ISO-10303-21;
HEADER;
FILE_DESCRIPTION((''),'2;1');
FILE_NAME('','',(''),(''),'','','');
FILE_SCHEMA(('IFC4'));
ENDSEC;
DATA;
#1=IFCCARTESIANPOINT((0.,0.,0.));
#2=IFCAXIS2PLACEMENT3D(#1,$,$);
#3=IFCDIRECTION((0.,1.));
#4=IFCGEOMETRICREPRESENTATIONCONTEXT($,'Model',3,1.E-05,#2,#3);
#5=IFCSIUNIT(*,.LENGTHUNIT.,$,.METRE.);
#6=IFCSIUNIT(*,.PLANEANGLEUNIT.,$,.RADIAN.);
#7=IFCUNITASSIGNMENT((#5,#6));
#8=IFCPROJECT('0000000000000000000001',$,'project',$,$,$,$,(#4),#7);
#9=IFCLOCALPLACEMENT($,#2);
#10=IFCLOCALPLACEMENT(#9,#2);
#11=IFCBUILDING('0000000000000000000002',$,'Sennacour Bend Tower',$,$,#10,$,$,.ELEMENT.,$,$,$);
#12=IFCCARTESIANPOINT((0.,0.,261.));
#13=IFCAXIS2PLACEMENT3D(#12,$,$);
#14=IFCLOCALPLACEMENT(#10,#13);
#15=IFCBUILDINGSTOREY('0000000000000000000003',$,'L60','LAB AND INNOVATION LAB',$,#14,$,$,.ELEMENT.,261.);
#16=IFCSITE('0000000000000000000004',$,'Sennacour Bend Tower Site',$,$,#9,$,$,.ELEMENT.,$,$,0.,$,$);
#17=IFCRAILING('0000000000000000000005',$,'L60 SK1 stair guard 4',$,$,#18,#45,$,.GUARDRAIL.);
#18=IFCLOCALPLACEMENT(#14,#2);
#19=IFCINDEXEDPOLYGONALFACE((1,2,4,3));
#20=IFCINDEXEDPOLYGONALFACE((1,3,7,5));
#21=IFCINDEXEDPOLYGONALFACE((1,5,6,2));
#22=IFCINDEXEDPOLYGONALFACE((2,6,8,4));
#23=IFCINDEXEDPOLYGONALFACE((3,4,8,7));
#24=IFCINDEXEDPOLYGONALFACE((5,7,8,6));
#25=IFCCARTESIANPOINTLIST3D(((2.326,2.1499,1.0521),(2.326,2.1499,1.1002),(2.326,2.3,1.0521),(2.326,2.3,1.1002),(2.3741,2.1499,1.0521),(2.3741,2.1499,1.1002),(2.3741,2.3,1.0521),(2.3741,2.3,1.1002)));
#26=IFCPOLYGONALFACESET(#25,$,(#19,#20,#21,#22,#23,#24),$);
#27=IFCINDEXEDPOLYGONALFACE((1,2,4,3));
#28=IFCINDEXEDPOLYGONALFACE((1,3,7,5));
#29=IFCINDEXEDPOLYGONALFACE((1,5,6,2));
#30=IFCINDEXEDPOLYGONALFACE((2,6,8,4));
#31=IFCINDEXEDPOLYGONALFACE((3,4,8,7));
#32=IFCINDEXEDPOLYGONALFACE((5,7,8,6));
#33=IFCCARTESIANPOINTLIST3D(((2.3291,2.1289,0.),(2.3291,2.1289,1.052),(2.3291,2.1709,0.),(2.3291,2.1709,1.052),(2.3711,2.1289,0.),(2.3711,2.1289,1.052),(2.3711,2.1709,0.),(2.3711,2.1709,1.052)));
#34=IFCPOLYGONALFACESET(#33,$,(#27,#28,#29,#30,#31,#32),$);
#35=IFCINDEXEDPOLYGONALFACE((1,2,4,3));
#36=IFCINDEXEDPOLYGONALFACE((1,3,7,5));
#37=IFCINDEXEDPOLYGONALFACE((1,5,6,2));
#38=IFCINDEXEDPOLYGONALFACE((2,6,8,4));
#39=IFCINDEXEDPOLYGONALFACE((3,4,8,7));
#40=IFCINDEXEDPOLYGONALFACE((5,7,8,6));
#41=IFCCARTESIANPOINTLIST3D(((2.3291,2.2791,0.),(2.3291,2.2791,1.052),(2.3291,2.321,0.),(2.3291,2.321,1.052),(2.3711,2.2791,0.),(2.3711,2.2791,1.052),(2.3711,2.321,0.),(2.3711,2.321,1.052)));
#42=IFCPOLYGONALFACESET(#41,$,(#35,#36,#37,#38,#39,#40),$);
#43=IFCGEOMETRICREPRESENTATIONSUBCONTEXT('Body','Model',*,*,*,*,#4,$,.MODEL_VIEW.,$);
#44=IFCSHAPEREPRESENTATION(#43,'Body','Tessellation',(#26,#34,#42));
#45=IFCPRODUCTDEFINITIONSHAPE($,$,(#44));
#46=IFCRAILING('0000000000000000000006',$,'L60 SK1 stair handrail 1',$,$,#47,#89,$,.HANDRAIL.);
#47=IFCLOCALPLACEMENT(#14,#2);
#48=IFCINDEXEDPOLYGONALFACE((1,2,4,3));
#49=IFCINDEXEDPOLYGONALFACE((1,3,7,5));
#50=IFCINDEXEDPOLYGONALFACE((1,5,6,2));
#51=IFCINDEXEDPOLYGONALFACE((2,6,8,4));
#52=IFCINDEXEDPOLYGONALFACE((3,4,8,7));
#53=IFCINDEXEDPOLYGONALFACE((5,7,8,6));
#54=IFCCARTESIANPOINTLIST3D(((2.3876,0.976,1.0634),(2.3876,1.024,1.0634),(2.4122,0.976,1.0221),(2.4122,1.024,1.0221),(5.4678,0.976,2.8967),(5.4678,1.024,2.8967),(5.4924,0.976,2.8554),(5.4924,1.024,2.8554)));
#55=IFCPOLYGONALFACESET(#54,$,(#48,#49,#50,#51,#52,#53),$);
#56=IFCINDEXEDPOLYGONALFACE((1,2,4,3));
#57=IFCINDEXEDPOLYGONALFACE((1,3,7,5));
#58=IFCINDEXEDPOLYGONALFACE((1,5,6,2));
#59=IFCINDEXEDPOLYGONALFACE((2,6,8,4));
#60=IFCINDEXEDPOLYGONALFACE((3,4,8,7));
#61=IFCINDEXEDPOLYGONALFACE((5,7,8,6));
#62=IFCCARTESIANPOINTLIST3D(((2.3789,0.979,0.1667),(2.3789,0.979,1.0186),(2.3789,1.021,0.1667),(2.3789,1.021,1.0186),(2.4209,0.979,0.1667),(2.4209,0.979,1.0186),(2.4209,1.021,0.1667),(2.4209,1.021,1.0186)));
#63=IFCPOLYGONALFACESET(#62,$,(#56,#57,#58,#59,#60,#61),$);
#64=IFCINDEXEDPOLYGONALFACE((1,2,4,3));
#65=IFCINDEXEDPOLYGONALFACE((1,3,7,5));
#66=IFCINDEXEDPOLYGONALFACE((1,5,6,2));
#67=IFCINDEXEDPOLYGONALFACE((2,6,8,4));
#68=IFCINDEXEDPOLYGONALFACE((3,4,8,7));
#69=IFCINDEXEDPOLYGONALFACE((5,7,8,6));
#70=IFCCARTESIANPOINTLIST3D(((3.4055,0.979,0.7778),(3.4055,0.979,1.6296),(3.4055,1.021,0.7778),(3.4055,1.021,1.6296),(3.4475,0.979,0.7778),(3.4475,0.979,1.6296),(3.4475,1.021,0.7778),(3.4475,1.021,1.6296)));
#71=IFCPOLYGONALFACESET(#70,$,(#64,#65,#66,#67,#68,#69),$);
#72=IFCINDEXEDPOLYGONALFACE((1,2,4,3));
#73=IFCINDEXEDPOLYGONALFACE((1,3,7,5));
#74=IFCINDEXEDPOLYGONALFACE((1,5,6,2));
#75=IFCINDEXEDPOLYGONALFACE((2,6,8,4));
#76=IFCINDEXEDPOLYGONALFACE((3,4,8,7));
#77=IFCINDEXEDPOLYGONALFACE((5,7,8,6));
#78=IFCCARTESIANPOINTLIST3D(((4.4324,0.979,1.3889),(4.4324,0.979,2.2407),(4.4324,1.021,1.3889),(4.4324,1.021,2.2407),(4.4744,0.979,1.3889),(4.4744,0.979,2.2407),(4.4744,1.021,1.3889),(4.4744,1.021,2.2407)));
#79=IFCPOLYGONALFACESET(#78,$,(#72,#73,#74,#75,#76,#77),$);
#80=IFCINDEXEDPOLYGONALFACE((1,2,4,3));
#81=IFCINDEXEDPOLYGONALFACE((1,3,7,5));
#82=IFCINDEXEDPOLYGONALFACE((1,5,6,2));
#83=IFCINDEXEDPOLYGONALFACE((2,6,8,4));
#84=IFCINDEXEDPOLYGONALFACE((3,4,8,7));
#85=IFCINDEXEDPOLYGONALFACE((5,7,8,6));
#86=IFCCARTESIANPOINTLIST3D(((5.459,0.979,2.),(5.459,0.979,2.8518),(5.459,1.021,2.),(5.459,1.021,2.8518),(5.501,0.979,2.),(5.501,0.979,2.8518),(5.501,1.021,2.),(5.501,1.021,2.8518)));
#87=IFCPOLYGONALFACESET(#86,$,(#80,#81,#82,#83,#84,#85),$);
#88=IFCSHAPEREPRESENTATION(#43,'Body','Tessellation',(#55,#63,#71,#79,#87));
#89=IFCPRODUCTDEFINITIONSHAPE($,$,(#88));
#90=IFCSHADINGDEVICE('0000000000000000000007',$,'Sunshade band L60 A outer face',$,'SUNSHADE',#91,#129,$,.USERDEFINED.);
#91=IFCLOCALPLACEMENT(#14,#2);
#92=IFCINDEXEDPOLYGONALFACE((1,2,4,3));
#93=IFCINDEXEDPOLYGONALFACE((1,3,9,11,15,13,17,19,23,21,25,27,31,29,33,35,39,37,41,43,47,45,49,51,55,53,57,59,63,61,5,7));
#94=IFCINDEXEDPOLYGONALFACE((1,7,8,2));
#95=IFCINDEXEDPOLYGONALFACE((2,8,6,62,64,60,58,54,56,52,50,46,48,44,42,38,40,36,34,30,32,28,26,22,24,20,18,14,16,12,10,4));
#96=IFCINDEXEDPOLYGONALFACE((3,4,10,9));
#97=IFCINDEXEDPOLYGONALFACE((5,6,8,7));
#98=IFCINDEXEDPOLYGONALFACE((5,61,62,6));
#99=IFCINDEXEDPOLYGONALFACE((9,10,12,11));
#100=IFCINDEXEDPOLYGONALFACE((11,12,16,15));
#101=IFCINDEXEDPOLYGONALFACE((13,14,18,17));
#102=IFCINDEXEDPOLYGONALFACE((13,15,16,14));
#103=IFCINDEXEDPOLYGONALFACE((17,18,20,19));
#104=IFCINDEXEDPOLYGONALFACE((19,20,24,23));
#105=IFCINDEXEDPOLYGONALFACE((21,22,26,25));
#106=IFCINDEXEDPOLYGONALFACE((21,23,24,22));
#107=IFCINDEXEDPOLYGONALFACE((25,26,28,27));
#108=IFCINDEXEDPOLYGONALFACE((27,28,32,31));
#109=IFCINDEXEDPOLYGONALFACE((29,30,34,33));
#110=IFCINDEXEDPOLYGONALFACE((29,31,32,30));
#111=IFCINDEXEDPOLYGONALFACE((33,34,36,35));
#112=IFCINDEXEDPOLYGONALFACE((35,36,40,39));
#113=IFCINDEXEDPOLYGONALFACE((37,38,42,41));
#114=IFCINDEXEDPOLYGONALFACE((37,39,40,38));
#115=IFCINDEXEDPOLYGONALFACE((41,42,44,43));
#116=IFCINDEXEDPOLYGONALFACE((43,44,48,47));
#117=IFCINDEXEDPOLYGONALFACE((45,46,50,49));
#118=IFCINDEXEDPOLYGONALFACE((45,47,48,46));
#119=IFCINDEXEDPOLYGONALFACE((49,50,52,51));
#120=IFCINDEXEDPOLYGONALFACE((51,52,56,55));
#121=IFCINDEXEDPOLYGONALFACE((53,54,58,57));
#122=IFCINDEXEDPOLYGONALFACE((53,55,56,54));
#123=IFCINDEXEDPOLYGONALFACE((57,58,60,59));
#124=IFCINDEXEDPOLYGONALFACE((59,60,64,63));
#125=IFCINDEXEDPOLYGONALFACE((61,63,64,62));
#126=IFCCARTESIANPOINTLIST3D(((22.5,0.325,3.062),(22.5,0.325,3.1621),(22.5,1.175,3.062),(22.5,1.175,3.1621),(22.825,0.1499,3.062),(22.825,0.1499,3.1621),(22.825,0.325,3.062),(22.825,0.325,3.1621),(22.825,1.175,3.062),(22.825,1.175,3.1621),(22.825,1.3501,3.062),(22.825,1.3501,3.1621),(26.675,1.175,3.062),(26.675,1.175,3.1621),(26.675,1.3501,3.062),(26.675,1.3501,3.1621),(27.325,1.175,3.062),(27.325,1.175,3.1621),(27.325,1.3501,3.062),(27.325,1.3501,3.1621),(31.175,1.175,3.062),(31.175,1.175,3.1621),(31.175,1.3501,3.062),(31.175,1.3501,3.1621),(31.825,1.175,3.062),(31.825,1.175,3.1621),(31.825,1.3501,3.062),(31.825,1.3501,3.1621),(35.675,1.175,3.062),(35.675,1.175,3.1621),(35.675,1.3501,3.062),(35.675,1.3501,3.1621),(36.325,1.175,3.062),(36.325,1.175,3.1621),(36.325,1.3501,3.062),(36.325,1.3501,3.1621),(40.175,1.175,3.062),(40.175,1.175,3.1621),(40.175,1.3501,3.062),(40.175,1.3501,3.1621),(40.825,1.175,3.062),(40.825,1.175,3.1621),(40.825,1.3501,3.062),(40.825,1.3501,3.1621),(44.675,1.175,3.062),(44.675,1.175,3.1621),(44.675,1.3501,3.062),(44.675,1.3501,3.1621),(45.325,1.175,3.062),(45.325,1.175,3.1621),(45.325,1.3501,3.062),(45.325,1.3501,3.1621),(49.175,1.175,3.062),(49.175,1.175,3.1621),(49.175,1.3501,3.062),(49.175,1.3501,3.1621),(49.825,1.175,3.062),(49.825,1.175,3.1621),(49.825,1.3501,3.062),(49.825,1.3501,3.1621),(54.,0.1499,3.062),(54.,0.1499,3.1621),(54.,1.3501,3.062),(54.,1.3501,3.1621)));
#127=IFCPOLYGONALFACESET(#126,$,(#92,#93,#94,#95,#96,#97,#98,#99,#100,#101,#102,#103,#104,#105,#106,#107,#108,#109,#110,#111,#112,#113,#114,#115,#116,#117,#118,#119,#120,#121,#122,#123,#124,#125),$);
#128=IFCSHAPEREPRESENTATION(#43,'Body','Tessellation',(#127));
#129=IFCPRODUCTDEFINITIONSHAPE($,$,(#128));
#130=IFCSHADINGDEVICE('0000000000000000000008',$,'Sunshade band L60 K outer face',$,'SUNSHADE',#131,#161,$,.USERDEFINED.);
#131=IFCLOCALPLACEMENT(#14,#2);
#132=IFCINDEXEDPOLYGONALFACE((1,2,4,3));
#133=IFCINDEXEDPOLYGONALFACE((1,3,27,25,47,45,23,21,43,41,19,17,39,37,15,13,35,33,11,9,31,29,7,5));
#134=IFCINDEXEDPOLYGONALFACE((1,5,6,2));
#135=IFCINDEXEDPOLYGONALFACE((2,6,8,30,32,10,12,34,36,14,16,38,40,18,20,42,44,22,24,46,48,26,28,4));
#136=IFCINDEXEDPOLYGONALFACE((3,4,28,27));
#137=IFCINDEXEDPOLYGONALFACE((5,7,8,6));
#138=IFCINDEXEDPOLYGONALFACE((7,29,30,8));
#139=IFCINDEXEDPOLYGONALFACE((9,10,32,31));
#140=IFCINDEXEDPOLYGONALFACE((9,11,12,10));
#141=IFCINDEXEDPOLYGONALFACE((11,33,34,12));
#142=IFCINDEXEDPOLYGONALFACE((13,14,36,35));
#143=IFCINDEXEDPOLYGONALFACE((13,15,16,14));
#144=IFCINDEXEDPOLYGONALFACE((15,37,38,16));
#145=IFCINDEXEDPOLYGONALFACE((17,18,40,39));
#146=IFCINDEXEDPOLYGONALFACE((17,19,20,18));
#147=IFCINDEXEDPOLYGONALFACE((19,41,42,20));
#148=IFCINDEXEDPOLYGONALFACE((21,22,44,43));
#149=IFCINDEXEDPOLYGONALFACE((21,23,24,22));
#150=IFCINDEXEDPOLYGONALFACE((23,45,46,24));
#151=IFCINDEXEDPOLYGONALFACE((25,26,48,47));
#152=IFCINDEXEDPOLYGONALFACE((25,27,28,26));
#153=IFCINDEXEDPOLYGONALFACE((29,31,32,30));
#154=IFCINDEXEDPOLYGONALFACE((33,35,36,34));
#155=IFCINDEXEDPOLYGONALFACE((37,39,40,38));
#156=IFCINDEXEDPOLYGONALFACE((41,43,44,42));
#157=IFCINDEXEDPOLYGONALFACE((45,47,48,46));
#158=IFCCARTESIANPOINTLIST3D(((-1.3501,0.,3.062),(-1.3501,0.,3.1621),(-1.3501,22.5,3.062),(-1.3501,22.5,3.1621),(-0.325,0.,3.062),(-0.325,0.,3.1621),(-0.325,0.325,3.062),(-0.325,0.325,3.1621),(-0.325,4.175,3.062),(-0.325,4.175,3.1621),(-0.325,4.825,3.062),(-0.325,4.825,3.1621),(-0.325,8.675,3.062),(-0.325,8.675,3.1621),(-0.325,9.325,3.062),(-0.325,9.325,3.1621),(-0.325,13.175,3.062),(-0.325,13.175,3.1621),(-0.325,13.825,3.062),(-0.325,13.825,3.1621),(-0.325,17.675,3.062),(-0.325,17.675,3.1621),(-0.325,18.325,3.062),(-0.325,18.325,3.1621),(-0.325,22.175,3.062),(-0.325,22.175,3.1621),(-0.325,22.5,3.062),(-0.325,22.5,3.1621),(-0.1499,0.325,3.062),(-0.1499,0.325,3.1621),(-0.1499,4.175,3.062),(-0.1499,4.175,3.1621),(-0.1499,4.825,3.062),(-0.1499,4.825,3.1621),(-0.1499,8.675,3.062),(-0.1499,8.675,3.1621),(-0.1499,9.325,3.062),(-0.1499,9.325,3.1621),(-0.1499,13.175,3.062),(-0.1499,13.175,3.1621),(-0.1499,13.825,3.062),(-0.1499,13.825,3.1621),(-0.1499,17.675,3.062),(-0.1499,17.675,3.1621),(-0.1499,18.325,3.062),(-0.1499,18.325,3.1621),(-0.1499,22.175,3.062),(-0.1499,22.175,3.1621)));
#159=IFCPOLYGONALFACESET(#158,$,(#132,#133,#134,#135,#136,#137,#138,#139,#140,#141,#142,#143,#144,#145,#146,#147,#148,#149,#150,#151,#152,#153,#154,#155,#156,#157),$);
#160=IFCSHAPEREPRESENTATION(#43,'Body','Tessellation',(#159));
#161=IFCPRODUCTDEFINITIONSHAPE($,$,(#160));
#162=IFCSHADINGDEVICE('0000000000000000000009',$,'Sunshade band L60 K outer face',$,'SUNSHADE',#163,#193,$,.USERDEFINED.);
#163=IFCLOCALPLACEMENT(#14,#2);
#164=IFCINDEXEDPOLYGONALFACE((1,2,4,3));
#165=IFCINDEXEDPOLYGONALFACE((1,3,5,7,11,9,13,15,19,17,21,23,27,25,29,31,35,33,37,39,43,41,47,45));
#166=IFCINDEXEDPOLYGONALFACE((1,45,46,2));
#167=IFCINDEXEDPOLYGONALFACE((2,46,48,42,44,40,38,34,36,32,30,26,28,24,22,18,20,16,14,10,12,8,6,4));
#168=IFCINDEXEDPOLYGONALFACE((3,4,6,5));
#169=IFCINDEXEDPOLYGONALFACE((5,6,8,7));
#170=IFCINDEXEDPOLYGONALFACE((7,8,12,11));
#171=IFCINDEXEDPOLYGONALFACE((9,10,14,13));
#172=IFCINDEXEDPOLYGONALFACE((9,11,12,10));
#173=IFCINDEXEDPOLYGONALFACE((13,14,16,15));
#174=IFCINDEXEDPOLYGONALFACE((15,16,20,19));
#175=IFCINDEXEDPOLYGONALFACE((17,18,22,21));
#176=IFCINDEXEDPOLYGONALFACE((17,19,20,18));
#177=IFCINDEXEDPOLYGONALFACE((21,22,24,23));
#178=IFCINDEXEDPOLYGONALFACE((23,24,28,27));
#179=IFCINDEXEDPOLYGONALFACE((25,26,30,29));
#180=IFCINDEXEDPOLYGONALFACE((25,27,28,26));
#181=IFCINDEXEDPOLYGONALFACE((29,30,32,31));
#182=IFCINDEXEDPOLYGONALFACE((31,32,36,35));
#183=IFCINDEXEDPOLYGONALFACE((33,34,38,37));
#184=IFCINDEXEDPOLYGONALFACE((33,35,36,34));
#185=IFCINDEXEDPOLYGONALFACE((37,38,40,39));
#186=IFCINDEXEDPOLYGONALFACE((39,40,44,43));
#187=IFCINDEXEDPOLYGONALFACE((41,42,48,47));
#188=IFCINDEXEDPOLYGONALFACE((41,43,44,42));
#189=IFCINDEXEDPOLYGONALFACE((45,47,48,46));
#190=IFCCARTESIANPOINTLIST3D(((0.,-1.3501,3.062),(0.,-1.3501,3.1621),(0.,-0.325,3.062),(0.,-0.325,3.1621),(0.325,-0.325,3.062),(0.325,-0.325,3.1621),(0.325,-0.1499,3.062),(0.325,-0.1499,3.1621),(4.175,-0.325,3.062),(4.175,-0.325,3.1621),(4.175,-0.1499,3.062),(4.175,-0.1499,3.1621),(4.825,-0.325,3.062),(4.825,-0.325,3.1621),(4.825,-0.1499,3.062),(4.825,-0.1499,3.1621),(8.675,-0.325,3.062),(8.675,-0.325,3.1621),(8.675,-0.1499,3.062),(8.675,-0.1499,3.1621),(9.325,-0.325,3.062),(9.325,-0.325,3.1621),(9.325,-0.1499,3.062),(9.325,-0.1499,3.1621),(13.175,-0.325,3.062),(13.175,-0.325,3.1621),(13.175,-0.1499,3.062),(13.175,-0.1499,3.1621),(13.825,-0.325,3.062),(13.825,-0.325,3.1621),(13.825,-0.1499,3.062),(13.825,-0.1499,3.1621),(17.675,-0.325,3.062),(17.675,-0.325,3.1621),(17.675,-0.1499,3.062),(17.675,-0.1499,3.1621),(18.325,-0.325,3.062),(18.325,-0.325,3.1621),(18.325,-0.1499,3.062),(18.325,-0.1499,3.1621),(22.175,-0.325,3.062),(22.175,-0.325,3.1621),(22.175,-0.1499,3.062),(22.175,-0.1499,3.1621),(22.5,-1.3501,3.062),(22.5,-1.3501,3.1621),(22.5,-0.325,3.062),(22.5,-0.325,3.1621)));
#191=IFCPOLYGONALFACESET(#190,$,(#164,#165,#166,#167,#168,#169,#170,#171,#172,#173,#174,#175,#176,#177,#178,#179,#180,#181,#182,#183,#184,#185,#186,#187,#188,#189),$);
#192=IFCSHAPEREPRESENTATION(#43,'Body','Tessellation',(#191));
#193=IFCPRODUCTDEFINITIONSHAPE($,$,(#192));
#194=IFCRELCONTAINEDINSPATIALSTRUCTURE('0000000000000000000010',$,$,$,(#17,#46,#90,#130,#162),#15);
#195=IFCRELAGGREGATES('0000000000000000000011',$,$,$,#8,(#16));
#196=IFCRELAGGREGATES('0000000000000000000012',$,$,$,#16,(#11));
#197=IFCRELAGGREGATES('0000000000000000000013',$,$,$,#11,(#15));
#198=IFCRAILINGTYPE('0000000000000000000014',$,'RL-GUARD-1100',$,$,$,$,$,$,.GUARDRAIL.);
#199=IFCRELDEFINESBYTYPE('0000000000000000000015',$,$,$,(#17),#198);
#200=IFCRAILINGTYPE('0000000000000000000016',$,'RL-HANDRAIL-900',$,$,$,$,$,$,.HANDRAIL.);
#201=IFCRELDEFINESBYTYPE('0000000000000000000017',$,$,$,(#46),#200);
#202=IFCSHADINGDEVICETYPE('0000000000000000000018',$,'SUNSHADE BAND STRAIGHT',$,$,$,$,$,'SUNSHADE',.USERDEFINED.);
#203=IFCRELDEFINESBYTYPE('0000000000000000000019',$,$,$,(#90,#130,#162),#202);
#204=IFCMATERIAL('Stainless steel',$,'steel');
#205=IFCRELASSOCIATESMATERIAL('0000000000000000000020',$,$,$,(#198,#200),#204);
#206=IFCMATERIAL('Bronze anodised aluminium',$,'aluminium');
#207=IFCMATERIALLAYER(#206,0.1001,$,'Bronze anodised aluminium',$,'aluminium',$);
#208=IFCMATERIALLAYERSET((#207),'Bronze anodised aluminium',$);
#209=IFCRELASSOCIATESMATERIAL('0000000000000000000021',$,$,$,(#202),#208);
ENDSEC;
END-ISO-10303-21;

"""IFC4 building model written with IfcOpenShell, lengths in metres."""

from ifc_helpers import new_model, si_unit, direction, frame, origin, origin_2d, place, context, subcontext, project, spatial, polyline, rectangle, outline, extrude, material, layer, layer_set, type_object, element, save


model = new_model("IFC4")

# Units and contexts
model_context = context("Model", 3, precision=1e-05, world=origin(), true_north=direction((0.0, 1.0)))
body_context = subcontext(model_context, "Body", "Model", "MODEL_VIEW")
ifc_project = project(units=[si_unit("LENGTHUNIT", "METRE"), si_unit("PLANEANGLEUNIT", "RADIAN")], contexts=[model_context])

# Site, building, storey
site_placement = place(None, origin())
site = spatial("IfcSite", under=ifc_project, at=site_placement, Name="Sennacour Bend Tower Site", CompositionType="ELEMENT", RefElevation=0.0)
building_placement = place(site_placement, origin())
building = spatial("IfcBuilding", under=site, at=building_placement, Name="Sennacour Bend Tower", CompositionType="ELEMENT")
storey_placement = place(building_placement, frame((0.0, 0.0, 261.0)))
storey = spatial("IfcBuildingStorey", under=building, at=storey_placement, Name="L60", Description="LAB AND INNOVATION LAB", CompositionType="ELEMENT", Elevation=261.0)

# Railings
ifc_material_1 = material(Name="Stainless steel", Category="steel")
railing_type_1 = type_object("IfcRailingType", Name="RL-GUARD-1100", PredefinedType="GUARDRAIL", material=ifc_material_1)
railing_1_placement = place(storey_placement, frame((2.3501, 2.1499, 0.0)))
element("IfcRailing", 1, at=railing_1_placement, inside=storey, type_object=railing_type_1, Name="L60 SK1 stair guard 4", PredefinedType="GUARDRAIL", context=body_context, shape_type="SweptSolid", body=[
    extrude(rectangle(XDim=0.0481, YDim=0.0481, at=origin_2d()), frame((0.0, 0.0, 1.0762), z_axis=(0.0, 1.0, 0.0), x_axis=(-1.0, 0.0, 0.0)), (0.0, 0.0, 1.0), 0.1501),
    extrude(rectangle(XDim=0.042, YDim=0.042, at=origin_2d()), origin(), (0.0, 0.0, 1.0), 1.052),
    extrude(rectangle(XDim=0.042, YDim=0.042, at=origin_2d()), frame((0.0, 0.1501, 0.0)), (0.0, 0.0, 1.0), 1.052),
])
railing_type_2 = type_object("IfcRailingType", Name="RL-HANDRAIL-900", PredefinedType="HANDRAIL", material=ifc_material_1)
railing_2_placement = place(storey_placement, frame((2.3999, 1.0, 0.1667)))
element("IfcRailing", 2, at=railing_2_placement, inside=storey, type_object=railing_type_2, Name="L60 SK1 stair handrail 1", PredefinedType="HANDRAIL", context=body_context, shape_type="SweptSolid", body=[
    extrude(rectangle(XDim=0.0481, YDim=0.0481, at=origin_2d()), frame((0.0, 0.0, 0.876), z_axis=(0.859309, 0.0, 0.511458), x_axis=(0.0, 1.0, 0.0)), (0.0, 0.0, 1.0), 3.5845),
    extrude(rectangle(XDim=0.042, YDim=0.042, at=origin_2d()), origin(), (0.0, 0.0, 1.0), 0.8518),
    extrude(rectangle(XDim=0.042, YDim=0.042, at=origin_2d()), frame((1.0266, 0.0, 0.6111)), (0.0, 0.0, 1.0), 0.8518),
    extrude(rectangle(XDim=0.042, YDim=0.042, at=origin_2d()), frame((2.0535, 0.0, 1.2222)), (0.0, 0.0, 1.0), 0.8518),
    extrude(rectangle(XDim=0.042, YDim=0.042, at=origin_2d()), frame((3.0801, 0.0, 1.8333)), (0.0, 0.0, 1.0), 0.8518),
])

# Shading devices
ifc_material_2 = material(Name="Bronze anodised aluminium", Category="aluminium")
ifc_layer_1 = layer(ifc_material_2, 0.1001, Name="Bronze anodised aluminium", Category="aluminium")
ifc_layer_set_1 = layer_set([ifc_layer_1], Name="Bronze anodised aluminium")
shading_device_type_1 = type_object("IfcShadingDeviceType", Name="SUNSHADE BAND STRAIGHT", ElementType="SUNSHADE", PredefinedType="USERDEFINED", material=ifc_layer_set_1)
shading_device_1_placement = place(storey_placement, frame((0.0, 0.0, 3.062)))
element("IfcShadingDevice", 3, at=shading_device_1_placement, inside=storey, type_object=shading_device_type_1, Name="Sunshade band L60 A outer face", ObjectType="SUNSHADE", PredefinedType="USERDEFINED", context=body_context, shape_type="SweptSolid", body=[
    extrude(outline(polyline([(26.675, 1.3501), (26.675, 1.175), (27.325, 1.175), (27.325, 1.3501), (31.175, 1.3501), (31.175, 1.175), (31.825, 1.175), (31.825, 1.3501), (35.675, 1.3501), (35.675, 1.175), (36.325, 1.175), (36.325, 1.3501), (40.175, 1.3501), (40.175, 1.175), (40.825, 1.175), (40.825, 1.3501), (44.675, 1.3501), (44.675, 1.175), (45.325, 1.175), (45.325, 1.3501), (49.175, 1.3501), (49.175, 1.175), (49.825, 1.175), (49.825, 1.3501), (54.0, 1.3501), (54.0, 0.1499), (22.825, 0.1499), (22.825, 0.325), (22.5, 0.325), (22.5, 1.175), (22.825, 1.175), (22.825, 1.3501), (26.675, 1.3501)])), origin(), (0.0, 0.0, 1.0), 0.1001),
])
shading_device_2_placement = place(storey_placement, frame((0.0, 0.0, 3.062)))
element("IfcShadingDevice", 4, at=shading_device_2_placement, inside=storey, type_object=shading_device_type_1, Name="Sunshade band L60 K outer face", ObjectType="SUNSHADE", PredefinedType="USERDEFINED", context=body_context, shape_type="SweptSolid", body=[
    extrude(outline(polyline([(-0.1499, 18.325), (-0.325, 18.325), (-0.325, 17.675), (-0.1499, 17.675), (-0.1499, 13.825), (-0.325, 13.825), (-0.325, 13.175), (-0.1499, 13.175), (-0.1499, 9.325), (-0.325, 9.325), (-0.325, 8.675), (-0.1499, 8.675), (-0.1499, 4.825), (-0.325, 4.825), (-0.325, 4.175), (-0.1499, 4.175), (-0.1499, 0.325), (-0.325, 0.325), (-0.325, 0.0), (-1.3501, 0.0), (-1.3501, 22.5), (-0.325, 22.5), (-0.325, 22.175), (-0.1499, 22.175), (-0.1499, 18.325)])), origin(), (0.0, 0.0, 1.0), 0.1001),
])
shading_device_3_placement = place(storey_placement, frame((0.0, 0.0, 3.062)))
element("IfcShadingDevice", 5, at=shading_device_3_placement, inside=storey, type_object=shading_device_type_1, Name="Sunshade band L60 K outer face", ObjectType="SUNSHADE", PredefinedType="USERDEFINED", context=body_context, shape_type="SweptSolid", body=[
    extrude(outline(polyline([(4.175, -0.1499), (4.175, -0.325), (4.825, -0.325), (4.825, -0.1499), (8.675, -0.1499), (8.675, -0.325), (9.325, -0.325), (9.325, -0.1499), (13.175, -0.1499), (13.175, -0.325), (13.825, -0.325), (13.825, -0.1499), (17.675, -0.1499), (17.675, -0.325), (18.325, -0.325), (18.325, -0.1499), (22.175, -0.1499), (22.175, -0.325), (22.5, -0.325), (22.5, -1.3501), (0.0, -1.3501), (0.0, -0.325), (0.325, -0.325), (0.325, -0.1499), (4.175, -0.1499)])), origin(), (0.0, 0.0, 1.0), 0.1001),
])

save(model, "model.ifc")
